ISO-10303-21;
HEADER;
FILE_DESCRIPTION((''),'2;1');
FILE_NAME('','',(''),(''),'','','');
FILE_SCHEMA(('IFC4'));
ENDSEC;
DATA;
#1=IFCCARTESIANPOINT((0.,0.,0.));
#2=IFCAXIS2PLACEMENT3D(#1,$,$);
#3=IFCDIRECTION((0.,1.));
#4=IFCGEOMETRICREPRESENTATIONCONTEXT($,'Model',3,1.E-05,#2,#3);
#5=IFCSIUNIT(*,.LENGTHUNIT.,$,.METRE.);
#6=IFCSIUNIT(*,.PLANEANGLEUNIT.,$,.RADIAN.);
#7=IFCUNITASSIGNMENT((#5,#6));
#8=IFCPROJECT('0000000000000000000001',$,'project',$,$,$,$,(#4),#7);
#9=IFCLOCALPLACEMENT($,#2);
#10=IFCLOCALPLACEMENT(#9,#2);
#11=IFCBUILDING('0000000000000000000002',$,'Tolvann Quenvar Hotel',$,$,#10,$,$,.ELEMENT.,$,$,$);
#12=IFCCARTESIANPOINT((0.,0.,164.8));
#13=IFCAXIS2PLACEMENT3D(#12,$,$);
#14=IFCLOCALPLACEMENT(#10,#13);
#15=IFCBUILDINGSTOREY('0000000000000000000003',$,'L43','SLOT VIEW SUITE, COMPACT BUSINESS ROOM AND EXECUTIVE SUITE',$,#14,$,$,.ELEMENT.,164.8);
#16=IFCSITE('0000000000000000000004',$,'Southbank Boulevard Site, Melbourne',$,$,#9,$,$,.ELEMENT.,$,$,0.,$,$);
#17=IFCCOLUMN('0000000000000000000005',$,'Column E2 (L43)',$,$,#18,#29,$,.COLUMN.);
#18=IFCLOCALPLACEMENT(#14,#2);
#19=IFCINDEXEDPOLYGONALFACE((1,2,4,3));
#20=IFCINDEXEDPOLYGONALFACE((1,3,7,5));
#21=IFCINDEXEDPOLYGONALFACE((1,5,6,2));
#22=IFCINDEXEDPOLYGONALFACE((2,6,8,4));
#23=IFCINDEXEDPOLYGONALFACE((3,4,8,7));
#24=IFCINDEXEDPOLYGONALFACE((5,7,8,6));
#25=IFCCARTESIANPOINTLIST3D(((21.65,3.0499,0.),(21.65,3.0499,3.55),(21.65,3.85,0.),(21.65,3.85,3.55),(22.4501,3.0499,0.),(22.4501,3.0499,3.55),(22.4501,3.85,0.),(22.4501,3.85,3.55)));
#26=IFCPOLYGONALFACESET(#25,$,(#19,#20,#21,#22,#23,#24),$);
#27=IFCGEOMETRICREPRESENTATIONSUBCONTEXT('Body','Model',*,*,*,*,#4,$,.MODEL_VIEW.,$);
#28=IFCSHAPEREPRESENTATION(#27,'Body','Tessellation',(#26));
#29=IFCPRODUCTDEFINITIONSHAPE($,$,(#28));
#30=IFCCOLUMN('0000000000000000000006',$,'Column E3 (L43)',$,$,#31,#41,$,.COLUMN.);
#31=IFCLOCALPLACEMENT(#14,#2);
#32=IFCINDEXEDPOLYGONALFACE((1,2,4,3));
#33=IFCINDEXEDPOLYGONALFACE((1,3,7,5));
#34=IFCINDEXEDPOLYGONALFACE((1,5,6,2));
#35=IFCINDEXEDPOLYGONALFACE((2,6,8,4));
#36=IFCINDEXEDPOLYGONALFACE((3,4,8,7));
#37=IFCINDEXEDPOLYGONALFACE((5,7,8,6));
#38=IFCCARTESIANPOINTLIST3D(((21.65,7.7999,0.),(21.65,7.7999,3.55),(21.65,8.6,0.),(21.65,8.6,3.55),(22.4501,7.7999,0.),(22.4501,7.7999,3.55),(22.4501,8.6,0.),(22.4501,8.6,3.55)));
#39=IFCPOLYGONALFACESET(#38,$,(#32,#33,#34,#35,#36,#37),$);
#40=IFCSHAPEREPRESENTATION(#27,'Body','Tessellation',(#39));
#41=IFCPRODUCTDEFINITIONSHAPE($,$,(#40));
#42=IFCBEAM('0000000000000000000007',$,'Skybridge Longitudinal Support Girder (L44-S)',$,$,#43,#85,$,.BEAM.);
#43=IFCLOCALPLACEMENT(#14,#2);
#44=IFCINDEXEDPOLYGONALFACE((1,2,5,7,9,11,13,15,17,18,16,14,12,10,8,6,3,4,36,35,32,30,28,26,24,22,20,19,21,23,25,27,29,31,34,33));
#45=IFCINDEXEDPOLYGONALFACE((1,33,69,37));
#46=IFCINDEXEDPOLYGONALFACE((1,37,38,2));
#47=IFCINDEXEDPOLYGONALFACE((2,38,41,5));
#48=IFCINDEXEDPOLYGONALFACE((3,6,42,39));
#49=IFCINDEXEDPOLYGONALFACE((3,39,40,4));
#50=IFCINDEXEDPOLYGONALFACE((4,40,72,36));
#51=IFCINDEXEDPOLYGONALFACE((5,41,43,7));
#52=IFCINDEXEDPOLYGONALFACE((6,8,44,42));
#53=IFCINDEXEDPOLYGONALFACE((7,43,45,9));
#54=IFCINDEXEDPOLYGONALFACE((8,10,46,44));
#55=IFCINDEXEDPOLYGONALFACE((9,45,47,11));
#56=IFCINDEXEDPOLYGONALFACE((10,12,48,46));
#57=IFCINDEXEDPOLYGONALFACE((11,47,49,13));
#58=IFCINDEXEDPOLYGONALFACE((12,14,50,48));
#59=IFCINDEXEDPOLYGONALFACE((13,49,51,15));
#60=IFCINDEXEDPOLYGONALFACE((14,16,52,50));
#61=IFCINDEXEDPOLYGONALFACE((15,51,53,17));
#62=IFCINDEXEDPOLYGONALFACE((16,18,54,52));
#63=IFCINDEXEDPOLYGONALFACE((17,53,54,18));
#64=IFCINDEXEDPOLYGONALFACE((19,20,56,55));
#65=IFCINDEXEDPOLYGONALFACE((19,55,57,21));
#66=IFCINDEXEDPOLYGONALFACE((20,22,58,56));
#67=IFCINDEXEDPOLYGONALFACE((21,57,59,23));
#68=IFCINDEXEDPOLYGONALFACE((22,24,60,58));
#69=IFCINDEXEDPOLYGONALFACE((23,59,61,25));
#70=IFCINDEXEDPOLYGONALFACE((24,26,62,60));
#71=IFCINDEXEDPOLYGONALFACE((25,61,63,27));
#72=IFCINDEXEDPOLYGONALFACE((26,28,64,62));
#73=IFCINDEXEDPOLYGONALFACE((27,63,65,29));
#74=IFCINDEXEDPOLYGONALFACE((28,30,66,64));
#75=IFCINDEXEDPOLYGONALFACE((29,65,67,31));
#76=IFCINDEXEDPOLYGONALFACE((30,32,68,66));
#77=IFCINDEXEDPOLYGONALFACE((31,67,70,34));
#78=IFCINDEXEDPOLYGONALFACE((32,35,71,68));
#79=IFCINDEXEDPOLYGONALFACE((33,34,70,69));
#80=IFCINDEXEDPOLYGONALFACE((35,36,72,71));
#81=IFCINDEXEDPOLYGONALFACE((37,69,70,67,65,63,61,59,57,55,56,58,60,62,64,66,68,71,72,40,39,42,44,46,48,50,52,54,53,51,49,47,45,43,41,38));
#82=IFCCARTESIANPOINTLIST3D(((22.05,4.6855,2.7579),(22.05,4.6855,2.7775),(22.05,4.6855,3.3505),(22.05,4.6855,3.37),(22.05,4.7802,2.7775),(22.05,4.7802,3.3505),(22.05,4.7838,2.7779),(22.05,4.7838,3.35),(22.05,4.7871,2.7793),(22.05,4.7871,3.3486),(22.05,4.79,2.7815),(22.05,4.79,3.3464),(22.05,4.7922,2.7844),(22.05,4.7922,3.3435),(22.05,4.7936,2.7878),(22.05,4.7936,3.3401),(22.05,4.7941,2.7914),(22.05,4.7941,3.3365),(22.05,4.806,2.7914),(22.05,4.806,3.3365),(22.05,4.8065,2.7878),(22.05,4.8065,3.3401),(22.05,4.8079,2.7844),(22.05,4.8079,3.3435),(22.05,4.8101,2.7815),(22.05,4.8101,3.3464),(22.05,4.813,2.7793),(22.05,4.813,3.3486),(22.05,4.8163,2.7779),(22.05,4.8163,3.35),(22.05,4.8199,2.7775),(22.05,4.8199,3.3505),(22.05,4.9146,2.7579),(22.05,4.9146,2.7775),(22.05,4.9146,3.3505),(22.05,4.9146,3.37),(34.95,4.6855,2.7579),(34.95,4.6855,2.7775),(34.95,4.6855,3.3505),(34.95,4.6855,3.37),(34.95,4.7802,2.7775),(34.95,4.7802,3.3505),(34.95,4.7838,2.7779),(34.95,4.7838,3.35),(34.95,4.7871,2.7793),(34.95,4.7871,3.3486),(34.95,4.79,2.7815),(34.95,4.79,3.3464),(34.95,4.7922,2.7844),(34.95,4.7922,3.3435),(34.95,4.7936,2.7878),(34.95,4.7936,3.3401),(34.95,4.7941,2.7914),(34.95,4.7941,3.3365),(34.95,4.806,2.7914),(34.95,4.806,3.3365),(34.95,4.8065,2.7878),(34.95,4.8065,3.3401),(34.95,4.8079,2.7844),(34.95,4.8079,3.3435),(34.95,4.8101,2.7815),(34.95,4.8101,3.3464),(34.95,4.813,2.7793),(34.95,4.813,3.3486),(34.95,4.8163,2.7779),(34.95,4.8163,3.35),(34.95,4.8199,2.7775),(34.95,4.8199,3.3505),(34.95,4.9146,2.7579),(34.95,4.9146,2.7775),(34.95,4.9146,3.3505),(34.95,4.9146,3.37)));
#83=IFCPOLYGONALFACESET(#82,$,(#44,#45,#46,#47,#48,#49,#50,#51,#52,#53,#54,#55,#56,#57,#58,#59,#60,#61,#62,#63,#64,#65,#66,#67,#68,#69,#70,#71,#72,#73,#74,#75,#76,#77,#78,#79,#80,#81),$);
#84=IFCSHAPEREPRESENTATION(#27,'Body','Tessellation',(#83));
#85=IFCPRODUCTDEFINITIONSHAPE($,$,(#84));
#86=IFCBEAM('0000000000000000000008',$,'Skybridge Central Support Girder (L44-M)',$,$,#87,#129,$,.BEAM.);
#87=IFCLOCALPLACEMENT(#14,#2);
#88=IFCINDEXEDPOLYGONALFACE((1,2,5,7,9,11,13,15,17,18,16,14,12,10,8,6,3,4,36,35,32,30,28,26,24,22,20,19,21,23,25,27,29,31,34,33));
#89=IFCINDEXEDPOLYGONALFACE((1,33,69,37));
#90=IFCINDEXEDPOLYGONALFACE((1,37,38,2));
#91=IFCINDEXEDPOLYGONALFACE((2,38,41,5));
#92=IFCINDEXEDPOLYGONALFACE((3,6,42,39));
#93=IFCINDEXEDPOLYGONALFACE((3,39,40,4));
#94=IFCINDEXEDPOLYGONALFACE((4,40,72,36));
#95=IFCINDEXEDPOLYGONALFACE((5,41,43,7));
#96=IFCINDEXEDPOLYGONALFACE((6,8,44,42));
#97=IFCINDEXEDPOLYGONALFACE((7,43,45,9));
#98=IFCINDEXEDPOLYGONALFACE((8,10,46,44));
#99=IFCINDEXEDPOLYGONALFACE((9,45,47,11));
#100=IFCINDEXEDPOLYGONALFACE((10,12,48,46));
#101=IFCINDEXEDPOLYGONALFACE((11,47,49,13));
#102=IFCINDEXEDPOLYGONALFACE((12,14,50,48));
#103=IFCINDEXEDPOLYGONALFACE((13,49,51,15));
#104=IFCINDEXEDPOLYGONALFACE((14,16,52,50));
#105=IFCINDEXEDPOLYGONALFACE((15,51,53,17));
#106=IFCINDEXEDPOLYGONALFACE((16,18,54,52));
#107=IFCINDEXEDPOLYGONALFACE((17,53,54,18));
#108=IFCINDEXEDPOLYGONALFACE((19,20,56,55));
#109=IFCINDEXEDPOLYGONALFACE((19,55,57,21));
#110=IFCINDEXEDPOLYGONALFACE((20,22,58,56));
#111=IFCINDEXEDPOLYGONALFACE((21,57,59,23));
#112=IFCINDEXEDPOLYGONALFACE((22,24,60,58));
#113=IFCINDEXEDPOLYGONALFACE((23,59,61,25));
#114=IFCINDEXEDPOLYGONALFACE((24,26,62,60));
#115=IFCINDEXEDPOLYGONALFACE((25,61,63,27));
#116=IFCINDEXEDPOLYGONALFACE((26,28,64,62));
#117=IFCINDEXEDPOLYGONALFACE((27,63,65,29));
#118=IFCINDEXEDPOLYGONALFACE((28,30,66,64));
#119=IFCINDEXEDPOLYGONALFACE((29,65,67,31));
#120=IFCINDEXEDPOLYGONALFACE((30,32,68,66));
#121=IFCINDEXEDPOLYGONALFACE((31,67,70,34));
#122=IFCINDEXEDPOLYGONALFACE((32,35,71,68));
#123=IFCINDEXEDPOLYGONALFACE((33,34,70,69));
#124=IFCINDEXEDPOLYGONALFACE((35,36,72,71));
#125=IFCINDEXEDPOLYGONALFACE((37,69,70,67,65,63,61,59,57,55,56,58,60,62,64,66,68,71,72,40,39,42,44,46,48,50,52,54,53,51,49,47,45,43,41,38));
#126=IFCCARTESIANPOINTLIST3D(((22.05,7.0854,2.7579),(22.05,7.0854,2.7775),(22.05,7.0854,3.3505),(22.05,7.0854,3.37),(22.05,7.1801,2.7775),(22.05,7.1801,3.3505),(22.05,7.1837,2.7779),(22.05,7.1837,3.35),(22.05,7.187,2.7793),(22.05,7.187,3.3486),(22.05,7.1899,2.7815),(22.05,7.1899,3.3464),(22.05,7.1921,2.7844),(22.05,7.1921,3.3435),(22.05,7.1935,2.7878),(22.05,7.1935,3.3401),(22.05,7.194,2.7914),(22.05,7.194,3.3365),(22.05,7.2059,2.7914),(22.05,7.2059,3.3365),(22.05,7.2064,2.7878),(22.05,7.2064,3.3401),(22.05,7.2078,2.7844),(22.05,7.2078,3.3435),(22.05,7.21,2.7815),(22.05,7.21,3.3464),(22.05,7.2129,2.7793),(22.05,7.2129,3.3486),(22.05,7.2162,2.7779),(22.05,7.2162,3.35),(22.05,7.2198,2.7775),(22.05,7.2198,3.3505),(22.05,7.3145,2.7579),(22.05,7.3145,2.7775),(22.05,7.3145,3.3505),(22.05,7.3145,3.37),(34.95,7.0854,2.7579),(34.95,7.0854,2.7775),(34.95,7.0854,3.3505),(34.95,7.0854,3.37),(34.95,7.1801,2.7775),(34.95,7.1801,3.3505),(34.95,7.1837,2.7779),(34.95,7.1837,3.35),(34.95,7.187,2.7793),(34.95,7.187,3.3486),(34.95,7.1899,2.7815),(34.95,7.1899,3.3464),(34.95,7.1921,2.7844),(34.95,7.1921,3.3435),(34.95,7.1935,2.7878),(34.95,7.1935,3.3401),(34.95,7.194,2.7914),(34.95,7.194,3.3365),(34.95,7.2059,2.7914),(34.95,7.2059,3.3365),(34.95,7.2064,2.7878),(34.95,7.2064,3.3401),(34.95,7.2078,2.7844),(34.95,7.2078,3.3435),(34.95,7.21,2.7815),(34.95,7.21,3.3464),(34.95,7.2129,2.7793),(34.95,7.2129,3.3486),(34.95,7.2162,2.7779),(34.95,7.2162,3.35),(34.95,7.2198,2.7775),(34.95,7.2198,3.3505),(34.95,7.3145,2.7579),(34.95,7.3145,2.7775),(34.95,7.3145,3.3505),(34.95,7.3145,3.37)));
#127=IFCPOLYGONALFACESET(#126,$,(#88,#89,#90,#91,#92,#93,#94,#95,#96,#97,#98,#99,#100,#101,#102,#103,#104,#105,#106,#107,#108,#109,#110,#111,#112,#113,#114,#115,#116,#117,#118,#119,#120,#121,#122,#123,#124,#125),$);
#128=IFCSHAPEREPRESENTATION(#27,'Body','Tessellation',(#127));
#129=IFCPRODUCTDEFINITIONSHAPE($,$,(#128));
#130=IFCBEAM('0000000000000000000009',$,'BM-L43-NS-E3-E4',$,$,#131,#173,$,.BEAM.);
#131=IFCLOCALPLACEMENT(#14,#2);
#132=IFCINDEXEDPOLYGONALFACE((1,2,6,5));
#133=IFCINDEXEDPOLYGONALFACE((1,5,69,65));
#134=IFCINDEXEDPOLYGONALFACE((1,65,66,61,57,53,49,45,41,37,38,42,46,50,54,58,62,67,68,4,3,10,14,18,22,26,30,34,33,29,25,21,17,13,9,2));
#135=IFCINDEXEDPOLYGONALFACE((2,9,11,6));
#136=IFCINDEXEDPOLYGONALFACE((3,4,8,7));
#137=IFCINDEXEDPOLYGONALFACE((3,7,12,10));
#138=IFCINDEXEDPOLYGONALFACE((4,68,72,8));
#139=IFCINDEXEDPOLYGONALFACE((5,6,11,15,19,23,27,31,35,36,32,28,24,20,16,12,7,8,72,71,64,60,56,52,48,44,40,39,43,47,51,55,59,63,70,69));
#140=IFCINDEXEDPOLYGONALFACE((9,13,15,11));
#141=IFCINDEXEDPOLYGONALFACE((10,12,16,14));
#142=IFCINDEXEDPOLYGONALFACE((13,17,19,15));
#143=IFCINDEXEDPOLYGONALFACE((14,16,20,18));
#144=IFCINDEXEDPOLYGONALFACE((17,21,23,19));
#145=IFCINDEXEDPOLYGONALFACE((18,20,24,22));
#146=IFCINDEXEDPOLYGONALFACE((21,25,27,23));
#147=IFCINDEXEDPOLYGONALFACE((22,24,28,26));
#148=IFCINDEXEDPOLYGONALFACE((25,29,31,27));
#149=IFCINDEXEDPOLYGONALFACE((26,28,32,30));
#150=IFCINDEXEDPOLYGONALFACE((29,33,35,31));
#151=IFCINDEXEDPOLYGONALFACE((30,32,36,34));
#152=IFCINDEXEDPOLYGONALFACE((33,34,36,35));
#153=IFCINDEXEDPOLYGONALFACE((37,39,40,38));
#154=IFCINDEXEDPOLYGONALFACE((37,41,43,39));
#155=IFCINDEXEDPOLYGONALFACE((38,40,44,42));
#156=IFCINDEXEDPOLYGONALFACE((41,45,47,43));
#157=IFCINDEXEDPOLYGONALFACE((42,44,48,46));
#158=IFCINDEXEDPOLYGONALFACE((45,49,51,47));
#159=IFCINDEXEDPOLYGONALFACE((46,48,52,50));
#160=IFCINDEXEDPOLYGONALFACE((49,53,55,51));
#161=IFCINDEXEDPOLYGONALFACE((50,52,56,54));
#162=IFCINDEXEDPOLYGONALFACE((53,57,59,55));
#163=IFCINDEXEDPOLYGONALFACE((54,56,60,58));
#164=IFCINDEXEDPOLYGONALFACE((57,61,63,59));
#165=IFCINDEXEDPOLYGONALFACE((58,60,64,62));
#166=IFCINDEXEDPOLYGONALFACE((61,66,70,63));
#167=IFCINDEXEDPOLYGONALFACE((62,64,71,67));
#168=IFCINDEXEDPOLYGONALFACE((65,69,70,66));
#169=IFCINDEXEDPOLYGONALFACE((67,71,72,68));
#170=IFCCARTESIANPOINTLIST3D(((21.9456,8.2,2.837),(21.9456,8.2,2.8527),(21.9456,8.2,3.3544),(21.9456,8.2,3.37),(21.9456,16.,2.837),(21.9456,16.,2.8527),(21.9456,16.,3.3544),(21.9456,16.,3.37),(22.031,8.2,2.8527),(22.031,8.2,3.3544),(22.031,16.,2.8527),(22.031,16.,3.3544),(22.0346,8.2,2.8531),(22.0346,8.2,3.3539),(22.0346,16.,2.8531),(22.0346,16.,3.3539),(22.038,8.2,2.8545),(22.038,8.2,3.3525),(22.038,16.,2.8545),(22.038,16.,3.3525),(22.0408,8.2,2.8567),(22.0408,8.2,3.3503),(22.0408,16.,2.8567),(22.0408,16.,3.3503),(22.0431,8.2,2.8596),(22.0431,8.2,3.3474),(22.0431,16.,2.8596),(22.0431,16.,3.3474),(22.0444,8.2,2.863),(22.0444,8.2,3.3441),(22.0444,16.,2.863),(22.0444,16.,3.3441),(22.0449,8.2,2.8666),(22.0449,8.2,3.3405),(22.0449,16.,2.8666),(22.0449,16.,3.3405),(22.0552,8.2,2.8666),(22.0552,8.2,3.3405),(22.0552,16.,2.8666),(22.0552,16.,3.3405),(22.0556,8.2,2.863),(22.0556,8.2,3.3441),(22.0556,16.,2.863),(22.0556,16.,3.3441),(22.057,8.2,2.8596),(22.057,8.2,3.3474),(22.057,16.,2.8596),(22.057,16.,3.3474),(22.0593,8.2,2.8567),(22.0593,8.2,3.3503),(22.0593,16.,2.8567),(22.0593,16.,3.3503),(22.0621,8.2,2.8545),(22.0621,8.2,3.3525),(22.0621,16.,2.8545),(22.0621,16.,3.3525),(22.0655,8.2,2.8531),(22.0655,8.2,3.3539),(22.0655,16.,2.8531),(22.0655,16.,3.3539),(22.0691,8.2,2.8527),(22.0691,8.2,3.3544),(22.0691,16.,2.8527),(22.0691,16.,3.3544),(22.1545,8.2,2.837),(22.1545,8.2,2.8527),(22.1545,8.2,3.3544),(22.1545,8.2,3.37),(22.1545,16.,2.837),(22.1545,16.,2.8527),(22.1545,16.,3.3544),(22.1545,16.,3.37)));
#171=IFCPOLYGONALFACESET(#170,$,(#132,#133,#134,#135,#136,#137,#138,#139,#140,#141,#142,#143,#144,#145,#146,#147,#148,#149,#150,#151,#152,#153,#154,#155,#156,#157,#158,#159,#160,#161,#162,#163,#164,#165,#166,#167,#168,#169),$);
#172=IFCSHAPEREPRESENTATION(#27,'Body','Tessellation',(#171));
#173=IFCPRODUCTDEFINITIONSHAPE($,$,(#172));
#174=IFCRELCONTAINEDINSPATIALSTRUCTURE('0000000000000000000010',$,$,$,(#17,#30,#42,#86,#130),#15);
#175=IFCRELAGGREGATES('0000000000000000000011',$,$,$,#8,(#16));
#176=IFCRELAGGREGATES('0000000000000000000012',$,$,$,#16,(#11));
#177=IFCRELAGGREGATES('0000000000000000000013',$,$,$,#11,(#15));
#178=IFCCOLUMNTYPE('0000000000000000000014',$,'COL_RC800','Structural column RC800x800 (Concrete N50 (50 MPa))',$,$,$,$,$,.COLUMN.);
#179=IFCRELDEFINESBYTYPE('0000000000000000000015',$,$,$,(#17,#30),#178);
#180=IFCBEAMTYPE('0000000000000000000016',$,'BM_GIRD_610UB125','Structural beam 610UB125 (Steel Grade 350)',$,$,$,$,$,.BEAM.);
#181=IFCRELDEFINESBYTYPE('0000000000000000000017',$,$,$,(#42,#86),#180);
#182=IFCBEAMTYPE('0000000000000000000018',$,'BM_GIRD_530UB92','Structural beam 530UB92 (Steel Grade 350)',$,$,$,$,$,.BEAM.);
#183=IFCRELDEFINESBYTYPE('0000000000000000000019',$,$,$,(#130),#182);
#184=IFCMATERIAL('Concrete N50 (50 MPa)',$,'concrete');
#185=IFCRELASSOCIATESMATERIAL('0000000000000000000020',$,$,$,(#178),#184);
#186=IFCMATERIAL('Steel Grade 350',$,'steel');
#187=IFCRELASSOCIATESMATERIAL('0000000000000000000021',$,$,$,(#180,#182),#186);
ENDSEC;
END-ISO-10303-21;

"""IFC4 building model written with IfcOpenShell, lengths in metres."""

from ifc_helpers import new_model, si_unit, direction, frame, origin, origin_2d, place, context, subcontext, project, spatial, rectangle, i_section, extrude, source, transform, mapped, material, material_profile, profile_set, type_object, type_shapes, element, save


model = new_model("IFC4")

# Units and contexts
model_context = context("Model", 3, precision=1e-05, world=origin(), true_north=direction((0.0, 1.0)))
body_context = subcontext(model_context, "Body", "Model", "MODEL_VIEW")
ifc_project = project(units=[si_unit("LENGTHUNIT", "METRE"), si_unit("PLANEANGLEUNIT", "RADIAN")], contexts=[model_context])

# Site, building, storey
site_placement = place(None, origin())
site = spatial("IfcSite", under=ifc_project, at=site_placement, Name="Southbank Boulevard Site, Melbourne", CompositionType="ELEMENT", RefElevation=0.0)
building_placement = place(site_placement, origin())
building = spatial("IfcBuilding", under=site, at=building_placement, Name="Tolvann Quenvar Hotel", CompositionType="ELEMENT")
storey_placement = place(building_placement, frame((0.0, 0.0, 164.8)))
storey = spatial("IfcBuildingStorey", under=building, at=storey_placement, Name="L43", Description="SLOT VIEW SUITE, COMPACT BUSINESS ROOM AND EXECUTIVE SUITE", CompositionType="ELEMENT", Elevation=164.8)

# Columns
ifc_material_1 = material(Name="Concrete N50 (50 MPa)", Category="concrete")
ifc_material_profile_1 = material_profile(ifc_material_1, rectangle(XDim=0.8, YDim=0.8, at=origin_2d()), Name="RC800x800")
ifc_profile_set_1 = profile_set([ifc_material_profile_1], Name="Concrete N50 (50 MPa)")
column_type = type_object("IfcColumnType", Name="COL_RC800", Description="Structural column RC800x800 (Concrete N50 (50 MPa))", PredefinedType="COLUMN", material=ifc_profile_set_1)
shared_shape_1 = source(origin(), body_context, "Body", "SweptSolid", [
    extrude(rectangle(XDim=0.8, YDim=0.8, at=origin_2d()), origin(), (0.0, 0.0, 1.0), 3.55),
])
type_shapes(column_type, [shared_shape_1])
for number, where, z_axis, x_axis, name in (
    (1, (22.05, 3.45, 0.0), (0.0, 0.0, 1.0), (1.0, 0.0, 0.0), "Column E2 (L43)"),
    (2, (22.05, 8.2, 0.0), (0.0, 0.0, 1.0), (1.0, 0.0, 0.0), "Column E3 (L43)"),
):
    element("IfcColumn", number, at=place(storey_placement, frame(where, z_axis=z_axis, x_axis=x_axis)), inside=storey, type_object=column_type, Name=name, PredefinedType="COLUMN", context=body_context, shape_type="MappedRepresentation", body=[
        mapped(shared_shape_1, transform((0.0, 0.0, 0.0), x_axis=(1.0, 0.0, 0.0), y_axis=(0.0, 1.0, 0.0), z_axis=(0.0, 0.0, 1.0), scale=1.0)),
    ])

# Beams
ifc_material_2 = material(Name="Steel Grade 350", Category="steel")
ifc_material_profile_2 = material_profile(ifc_material_2, i_section(OverallWidth=0.229, OverallDepth=0.6121, WebThickness=0.012, FlangeThickness=0.0195, FilletRadius=0.0139, at=origin_2d()), Name="610UB125")
ifc_profile_set_2 = profile_set([ifc_material_profile_2], Name="Steel Grade 350")
beam_type_1 = type_object("IfcBeamType", Name="BM_GIRD_610UB125", Description="Structural beam 610UB125 (Steel Grade 350)", PredefinedType="BEAM", material=ifc_profile_set_2)
shared_shape_2 = source(origin(), body_context, "Body", "SweptSolid", [
    extrude(i_section(OverallWidth=0.229, OverallDepth=0.6121, WebThickness=0.012, FlangeThickness=0.0195, FilletRadius=0.0139, at=origin_2d()), origin(), (0.0, 0.0, 1.0), 12.8999),
])
type_shapes(beam_type_1, [shared_shape_2])
for number, where, z_axis, x_axis, name in (
    (3, (22.05, 4.8, 3.064), (1.0, 0.0, 0.0), (0.0, 1.0, 0.0), "Skybridge Longitudinal Support Girder (L44-S)"),
    (4, (22.05, 7.2, 3.064), (1.0, 0.0, 0.0), (0.0, 1.0, 0.0), "Skybridge Central Support Girder (L44-M)"),
):
    element("IfcBeam", number, at=place(storey_placement, frame(where, z_axis=z_axis, x_axis=x_axis)), inside=storey, type_object=beam_type_1, Name=name, PredefinedType="BEAM", context=body_context, shape_type="MappedRepresentation", body=[
        mapped(shared_shape_2, transform((0.0, 0.0, 0.0), x_axis=(1.0, 0.0, 0.0), y_axis=(0.0, 1.0, 0.0), z_axis=(0.0, 0.0, 1.0), scale=1.0)),
    ])
ifc_material_profile_3 = material_profile(ifc_material_2, i_section(OverallWidth=0.209, OverallDepth=0.533, WebThickness=0.0103, FlangeThickness=0.0156, FilletRadius=0.0139, at=origin_2d()), Name="530UB92")
ifc_profile_set_3 = profile_set([ifc_material_profile_3], Name="Steel Grade 350")
beam_type_2 = type_object("IfcBeamType", Name="BM_GIRD_530UB92", Description="Structural beam 530UB92 (Steel Grade 350)", PredefinedType="BEAM", material=ifc_profile_set_3)
shared_shape_3 = source(origin(), body_context, "Body", "SweptSolid", [
    extrude(i_section(OverallWidth=0.209, OverallDepth=0.533, WebThickness=0.0103, FlangeThickness=0.0156, FilletRadius=0.0139, at=origin_2d()), origin(), (0.0, 0.0, 1.0), 7.8),
])
beam_1_placement = place(storey_placement, frame((22.05, 8.2, 3.1035), z_axis=(0.0, 1.0, 0.0), x_axis=(-1.0, 0.0, 0.0)))
element("IfcBeam", 5, at=beam_1_placement, inside=storey, type_object=beam_type_2, Name="BM-L43-NS-E3-E4", PredefinedType="BEAM", context=body_context, shape_type="MappedRepresentation", body=[
    mapped(shared_shape_3, transform((0.0, 0.0, 0.0), x_axis=(1.0, 0.0, 0.0), y_axis=(0.0, 1.0, 0.0), z_axis=(0.0, 0.0, 1.0), scale=1.0)),
])

save(model, "model.ifc")
